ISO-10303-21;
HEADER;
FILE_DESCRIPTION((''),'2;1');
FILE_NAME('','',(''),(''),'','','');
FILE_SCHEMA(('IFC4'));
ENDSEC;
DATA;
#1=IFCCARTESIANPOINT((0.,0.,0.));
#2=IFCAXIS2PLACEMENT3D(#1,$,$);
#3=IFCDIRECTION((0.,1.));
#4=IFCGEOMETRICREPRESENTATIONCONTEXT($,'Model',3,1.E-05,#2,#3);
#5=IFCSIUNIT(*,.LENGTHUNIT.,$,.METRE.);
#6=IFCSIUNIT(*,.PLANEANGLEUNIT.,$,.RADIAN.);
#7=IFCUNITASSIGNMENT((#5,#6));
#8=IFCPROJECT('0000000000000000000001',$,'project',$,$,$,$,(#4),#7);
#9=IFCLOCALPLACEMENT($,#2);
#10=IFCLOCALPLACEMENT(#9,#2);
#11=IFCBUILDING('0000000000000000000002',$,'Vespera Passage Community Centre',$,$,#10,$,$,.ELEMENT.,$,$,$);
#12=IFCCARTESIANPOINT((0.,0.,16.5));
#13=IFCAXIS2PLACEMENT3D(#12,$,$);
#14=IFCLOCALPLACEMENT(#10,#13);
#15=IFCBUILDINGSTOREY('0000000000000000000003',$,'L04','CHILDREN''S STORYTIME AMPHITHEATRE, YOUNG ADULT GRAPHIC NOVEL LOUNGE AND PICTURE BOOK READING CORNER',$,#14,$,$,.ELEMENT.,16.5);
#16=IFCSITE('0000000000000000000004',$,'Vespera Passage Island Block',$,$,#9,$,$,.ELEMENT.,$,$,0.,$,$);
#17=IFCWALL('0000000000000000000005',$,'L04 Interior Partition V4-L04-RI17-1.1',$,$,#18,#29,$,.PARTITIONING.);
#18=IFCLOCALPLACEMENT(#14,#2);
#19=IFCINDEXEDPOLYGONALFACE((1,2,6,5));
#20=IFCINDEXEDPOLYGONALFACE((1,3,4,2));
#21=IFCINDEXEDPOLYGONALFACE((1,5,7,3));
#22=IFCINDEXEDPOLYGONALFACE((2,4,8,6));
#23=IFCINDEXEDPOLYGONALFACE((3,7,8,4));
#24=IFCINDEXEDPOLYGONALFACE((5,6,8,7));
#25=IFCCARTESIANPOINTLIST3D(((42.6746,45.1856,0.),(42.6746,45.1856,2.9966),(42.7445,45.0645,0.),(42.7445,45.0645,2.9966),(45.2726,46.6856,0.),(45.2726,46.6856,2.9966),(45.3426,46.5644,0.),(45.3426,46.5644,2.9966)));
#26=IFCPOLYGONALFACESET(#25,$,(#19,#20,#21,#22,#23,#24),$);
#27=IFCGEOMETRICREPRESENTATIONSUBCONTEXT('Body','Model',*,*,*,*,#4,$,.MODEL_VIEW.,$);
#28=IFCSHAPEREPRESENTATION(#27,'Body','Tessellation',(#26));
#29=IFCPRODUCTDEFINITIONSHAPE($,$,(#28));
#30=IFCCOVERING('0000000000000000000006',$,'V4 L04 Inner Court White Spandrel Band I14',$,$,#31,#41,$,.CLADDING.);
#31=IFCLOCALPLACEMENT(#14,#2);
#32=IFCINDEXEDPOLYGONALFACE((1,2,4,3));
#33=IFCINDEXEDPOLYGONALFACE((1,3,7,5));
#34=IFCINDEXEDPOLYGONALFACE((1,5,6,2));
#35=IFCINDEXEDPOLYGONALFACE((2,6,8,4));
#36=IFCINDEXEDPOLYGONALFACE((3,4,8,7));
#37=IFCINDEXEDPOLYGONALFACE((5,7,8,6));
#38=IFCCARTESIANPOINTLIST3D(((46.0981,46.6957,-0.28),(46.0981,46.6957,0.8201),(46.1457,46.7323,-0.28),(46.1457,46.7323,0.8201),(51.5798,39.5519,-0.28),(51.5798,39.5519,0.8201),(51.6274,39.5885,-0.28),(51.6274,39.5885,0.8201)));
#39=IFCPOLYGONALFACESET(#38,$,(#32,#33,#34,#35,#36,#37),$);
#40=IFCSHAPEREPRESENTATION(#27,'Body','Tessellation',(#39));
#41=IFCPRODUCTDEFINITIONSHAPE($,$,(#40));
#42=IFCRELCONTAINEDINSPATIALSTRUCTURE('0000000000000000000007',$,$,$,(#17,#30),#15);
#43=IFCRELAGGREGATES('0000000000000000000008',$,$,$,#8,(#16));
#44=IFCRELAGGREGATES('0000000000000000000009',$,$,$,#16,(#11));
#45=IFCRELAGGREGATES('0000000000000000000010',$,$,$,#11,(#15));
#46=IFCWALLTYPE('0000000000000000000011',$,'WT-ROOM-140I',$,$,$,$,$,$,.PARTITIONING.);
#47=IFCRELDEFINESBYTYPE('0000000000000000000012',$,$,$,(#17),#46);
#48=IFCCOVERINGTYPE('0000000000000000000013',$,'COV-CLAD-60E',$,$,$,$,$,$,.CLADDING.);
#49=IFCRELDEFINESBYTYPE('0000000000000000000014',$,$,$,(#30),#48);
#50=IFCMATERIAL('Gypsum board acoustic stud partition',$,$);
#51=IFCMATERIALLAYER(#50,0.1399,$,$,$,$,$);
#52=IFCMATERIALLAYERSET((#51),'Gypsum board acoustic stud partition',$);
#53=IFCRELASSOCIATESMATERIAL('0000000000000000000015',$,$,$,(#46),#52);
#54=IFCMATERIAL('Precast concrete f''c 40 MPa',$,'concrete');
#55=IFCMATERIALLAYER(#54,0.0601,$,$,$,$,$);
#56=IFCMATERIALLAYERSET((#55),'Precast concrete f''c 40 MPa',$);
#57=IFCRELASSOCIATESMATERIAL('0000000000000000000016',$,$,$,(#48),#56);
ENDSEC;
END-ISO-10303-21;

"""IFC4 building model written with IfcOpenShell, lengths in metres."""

from ifc_helpers import new_model, si_unit, direction, frame, frame_2d, origin, place, context, subcontext, project, spatial, rectangle, extrude, material, layer, layer_set, type_object, element, save


model = new_model("IFC4")

# Units and contexts
model_context = context("Model", 3, precision=1e-05, world=origin(), true_north=direction((0.0, 1.0)))
body_context = subcontext(model_context, "Body", "Model", "MODEL_VIEW")
ifc_project = project(units=[si_unit("LENGTHUNIT", "METRE"), si_unit("PLANEANGLEUNIT", "RADIAN")], contexts=[model_context])

# Site, building, storey
site_placement = place(None, origin())
site = spatial("IfcSite", under=ifc_project, at=site_placement, Name="Vespera Passage Island Block", CompositionType="ELEMENT", RefElevation=0.0)
building_placement = place(site_placement, origin())
building = spatial("IfcBuilding", under=site, at=building_placement, Name="Vespera Passage Community Centre", CompositionType="ELEMENT")
storey_placement = place(building_placement, frame((0.0, 0.0, 16.5)))
storey = spatial("IfcBuildingStorey", under=building, at=storey_placement, Name="L04", Description="CHILDREN'S STORYTIME AMPHITHEATRE, YOUNG ADULT GRAPHIC NOVEL LOUNGE AND PICTURE BOOK READING CORNER", CompositionType="ELEMENT", Elevation=16.5)

# Wall
ifc_material_1 = material(Name="Gypsum board acoustic stud partition")
ifc_layer_1 = layer(ifc_material_1, 0.1399)
ifc_layer_set_1 = layer_set([ifc_layer_1], Name="Gypsum board acoustic stud partition")
wall_type_1 = type_object("IfcWallType", Name="WT-ROOM-140I", PredefinedType="PARTITIONING", material=ifc_layer_set_1)
wall_1_placement = place(storey_placement, frame((45.3076, 46.625, 0.0), z_axis=(0.0, 0.0, 1.0), x_axis=(-0.866031, -0.49999, 0.0)))
element("IfcWall", 1, at=wall_1_placement, inside=storey, type_object=wall_type_1, Name="L04 Interior Partition V4-L04-RI17-1.1", PredefinedType="PARTITIONING", context=body_context, shape_type="SweptSolid", body=[
    extrude(rectangle(XDim=3.0, YDim=0.1399, at=frame_2d((1.5, 0.0))), origin(), (0.0, 0.0, 1.0), 2.9966),
])

# Covering
ifc_material_2 = material(Name="Precast concrete f'c 40 MPa", Category="concrete")
ifc_layer_2 = layer(ifc_material_2, 0.0601)
ifc_layer_set_2 = layer_set([ifc_layer_2], Name="Precast concrete f'c 40 MPa")
covering_type = type_object("IfcCoveringType", Name="COV-CLAD-60E", PredefinedType="CLADDING", material=ifc_layer_set_2)
covering_placement = place(storey_placement, frame((46.1218, 46.7141, -0.28), z_axis=(0.0, 0.0, 1.0), x_axis=(0.608766, -0.79335, 0.0)))
element("IfcCovering", 2, at=covering_placement, inside=storey, type_object=covering_type, Name="V4 L04 Inner Court White Spandrel Band I14", PredefinedType="CLADDING", context=body_context, shape_type="SweptSolid", body=[
    extrude(rectangle(XDim=9.0046, YDim=0.0601, at=frame_2d((4.5024, 0.0))), origin(), (0.0, 0.0, 1.0), 1.1001),
])

save(model, "model.ifc")
